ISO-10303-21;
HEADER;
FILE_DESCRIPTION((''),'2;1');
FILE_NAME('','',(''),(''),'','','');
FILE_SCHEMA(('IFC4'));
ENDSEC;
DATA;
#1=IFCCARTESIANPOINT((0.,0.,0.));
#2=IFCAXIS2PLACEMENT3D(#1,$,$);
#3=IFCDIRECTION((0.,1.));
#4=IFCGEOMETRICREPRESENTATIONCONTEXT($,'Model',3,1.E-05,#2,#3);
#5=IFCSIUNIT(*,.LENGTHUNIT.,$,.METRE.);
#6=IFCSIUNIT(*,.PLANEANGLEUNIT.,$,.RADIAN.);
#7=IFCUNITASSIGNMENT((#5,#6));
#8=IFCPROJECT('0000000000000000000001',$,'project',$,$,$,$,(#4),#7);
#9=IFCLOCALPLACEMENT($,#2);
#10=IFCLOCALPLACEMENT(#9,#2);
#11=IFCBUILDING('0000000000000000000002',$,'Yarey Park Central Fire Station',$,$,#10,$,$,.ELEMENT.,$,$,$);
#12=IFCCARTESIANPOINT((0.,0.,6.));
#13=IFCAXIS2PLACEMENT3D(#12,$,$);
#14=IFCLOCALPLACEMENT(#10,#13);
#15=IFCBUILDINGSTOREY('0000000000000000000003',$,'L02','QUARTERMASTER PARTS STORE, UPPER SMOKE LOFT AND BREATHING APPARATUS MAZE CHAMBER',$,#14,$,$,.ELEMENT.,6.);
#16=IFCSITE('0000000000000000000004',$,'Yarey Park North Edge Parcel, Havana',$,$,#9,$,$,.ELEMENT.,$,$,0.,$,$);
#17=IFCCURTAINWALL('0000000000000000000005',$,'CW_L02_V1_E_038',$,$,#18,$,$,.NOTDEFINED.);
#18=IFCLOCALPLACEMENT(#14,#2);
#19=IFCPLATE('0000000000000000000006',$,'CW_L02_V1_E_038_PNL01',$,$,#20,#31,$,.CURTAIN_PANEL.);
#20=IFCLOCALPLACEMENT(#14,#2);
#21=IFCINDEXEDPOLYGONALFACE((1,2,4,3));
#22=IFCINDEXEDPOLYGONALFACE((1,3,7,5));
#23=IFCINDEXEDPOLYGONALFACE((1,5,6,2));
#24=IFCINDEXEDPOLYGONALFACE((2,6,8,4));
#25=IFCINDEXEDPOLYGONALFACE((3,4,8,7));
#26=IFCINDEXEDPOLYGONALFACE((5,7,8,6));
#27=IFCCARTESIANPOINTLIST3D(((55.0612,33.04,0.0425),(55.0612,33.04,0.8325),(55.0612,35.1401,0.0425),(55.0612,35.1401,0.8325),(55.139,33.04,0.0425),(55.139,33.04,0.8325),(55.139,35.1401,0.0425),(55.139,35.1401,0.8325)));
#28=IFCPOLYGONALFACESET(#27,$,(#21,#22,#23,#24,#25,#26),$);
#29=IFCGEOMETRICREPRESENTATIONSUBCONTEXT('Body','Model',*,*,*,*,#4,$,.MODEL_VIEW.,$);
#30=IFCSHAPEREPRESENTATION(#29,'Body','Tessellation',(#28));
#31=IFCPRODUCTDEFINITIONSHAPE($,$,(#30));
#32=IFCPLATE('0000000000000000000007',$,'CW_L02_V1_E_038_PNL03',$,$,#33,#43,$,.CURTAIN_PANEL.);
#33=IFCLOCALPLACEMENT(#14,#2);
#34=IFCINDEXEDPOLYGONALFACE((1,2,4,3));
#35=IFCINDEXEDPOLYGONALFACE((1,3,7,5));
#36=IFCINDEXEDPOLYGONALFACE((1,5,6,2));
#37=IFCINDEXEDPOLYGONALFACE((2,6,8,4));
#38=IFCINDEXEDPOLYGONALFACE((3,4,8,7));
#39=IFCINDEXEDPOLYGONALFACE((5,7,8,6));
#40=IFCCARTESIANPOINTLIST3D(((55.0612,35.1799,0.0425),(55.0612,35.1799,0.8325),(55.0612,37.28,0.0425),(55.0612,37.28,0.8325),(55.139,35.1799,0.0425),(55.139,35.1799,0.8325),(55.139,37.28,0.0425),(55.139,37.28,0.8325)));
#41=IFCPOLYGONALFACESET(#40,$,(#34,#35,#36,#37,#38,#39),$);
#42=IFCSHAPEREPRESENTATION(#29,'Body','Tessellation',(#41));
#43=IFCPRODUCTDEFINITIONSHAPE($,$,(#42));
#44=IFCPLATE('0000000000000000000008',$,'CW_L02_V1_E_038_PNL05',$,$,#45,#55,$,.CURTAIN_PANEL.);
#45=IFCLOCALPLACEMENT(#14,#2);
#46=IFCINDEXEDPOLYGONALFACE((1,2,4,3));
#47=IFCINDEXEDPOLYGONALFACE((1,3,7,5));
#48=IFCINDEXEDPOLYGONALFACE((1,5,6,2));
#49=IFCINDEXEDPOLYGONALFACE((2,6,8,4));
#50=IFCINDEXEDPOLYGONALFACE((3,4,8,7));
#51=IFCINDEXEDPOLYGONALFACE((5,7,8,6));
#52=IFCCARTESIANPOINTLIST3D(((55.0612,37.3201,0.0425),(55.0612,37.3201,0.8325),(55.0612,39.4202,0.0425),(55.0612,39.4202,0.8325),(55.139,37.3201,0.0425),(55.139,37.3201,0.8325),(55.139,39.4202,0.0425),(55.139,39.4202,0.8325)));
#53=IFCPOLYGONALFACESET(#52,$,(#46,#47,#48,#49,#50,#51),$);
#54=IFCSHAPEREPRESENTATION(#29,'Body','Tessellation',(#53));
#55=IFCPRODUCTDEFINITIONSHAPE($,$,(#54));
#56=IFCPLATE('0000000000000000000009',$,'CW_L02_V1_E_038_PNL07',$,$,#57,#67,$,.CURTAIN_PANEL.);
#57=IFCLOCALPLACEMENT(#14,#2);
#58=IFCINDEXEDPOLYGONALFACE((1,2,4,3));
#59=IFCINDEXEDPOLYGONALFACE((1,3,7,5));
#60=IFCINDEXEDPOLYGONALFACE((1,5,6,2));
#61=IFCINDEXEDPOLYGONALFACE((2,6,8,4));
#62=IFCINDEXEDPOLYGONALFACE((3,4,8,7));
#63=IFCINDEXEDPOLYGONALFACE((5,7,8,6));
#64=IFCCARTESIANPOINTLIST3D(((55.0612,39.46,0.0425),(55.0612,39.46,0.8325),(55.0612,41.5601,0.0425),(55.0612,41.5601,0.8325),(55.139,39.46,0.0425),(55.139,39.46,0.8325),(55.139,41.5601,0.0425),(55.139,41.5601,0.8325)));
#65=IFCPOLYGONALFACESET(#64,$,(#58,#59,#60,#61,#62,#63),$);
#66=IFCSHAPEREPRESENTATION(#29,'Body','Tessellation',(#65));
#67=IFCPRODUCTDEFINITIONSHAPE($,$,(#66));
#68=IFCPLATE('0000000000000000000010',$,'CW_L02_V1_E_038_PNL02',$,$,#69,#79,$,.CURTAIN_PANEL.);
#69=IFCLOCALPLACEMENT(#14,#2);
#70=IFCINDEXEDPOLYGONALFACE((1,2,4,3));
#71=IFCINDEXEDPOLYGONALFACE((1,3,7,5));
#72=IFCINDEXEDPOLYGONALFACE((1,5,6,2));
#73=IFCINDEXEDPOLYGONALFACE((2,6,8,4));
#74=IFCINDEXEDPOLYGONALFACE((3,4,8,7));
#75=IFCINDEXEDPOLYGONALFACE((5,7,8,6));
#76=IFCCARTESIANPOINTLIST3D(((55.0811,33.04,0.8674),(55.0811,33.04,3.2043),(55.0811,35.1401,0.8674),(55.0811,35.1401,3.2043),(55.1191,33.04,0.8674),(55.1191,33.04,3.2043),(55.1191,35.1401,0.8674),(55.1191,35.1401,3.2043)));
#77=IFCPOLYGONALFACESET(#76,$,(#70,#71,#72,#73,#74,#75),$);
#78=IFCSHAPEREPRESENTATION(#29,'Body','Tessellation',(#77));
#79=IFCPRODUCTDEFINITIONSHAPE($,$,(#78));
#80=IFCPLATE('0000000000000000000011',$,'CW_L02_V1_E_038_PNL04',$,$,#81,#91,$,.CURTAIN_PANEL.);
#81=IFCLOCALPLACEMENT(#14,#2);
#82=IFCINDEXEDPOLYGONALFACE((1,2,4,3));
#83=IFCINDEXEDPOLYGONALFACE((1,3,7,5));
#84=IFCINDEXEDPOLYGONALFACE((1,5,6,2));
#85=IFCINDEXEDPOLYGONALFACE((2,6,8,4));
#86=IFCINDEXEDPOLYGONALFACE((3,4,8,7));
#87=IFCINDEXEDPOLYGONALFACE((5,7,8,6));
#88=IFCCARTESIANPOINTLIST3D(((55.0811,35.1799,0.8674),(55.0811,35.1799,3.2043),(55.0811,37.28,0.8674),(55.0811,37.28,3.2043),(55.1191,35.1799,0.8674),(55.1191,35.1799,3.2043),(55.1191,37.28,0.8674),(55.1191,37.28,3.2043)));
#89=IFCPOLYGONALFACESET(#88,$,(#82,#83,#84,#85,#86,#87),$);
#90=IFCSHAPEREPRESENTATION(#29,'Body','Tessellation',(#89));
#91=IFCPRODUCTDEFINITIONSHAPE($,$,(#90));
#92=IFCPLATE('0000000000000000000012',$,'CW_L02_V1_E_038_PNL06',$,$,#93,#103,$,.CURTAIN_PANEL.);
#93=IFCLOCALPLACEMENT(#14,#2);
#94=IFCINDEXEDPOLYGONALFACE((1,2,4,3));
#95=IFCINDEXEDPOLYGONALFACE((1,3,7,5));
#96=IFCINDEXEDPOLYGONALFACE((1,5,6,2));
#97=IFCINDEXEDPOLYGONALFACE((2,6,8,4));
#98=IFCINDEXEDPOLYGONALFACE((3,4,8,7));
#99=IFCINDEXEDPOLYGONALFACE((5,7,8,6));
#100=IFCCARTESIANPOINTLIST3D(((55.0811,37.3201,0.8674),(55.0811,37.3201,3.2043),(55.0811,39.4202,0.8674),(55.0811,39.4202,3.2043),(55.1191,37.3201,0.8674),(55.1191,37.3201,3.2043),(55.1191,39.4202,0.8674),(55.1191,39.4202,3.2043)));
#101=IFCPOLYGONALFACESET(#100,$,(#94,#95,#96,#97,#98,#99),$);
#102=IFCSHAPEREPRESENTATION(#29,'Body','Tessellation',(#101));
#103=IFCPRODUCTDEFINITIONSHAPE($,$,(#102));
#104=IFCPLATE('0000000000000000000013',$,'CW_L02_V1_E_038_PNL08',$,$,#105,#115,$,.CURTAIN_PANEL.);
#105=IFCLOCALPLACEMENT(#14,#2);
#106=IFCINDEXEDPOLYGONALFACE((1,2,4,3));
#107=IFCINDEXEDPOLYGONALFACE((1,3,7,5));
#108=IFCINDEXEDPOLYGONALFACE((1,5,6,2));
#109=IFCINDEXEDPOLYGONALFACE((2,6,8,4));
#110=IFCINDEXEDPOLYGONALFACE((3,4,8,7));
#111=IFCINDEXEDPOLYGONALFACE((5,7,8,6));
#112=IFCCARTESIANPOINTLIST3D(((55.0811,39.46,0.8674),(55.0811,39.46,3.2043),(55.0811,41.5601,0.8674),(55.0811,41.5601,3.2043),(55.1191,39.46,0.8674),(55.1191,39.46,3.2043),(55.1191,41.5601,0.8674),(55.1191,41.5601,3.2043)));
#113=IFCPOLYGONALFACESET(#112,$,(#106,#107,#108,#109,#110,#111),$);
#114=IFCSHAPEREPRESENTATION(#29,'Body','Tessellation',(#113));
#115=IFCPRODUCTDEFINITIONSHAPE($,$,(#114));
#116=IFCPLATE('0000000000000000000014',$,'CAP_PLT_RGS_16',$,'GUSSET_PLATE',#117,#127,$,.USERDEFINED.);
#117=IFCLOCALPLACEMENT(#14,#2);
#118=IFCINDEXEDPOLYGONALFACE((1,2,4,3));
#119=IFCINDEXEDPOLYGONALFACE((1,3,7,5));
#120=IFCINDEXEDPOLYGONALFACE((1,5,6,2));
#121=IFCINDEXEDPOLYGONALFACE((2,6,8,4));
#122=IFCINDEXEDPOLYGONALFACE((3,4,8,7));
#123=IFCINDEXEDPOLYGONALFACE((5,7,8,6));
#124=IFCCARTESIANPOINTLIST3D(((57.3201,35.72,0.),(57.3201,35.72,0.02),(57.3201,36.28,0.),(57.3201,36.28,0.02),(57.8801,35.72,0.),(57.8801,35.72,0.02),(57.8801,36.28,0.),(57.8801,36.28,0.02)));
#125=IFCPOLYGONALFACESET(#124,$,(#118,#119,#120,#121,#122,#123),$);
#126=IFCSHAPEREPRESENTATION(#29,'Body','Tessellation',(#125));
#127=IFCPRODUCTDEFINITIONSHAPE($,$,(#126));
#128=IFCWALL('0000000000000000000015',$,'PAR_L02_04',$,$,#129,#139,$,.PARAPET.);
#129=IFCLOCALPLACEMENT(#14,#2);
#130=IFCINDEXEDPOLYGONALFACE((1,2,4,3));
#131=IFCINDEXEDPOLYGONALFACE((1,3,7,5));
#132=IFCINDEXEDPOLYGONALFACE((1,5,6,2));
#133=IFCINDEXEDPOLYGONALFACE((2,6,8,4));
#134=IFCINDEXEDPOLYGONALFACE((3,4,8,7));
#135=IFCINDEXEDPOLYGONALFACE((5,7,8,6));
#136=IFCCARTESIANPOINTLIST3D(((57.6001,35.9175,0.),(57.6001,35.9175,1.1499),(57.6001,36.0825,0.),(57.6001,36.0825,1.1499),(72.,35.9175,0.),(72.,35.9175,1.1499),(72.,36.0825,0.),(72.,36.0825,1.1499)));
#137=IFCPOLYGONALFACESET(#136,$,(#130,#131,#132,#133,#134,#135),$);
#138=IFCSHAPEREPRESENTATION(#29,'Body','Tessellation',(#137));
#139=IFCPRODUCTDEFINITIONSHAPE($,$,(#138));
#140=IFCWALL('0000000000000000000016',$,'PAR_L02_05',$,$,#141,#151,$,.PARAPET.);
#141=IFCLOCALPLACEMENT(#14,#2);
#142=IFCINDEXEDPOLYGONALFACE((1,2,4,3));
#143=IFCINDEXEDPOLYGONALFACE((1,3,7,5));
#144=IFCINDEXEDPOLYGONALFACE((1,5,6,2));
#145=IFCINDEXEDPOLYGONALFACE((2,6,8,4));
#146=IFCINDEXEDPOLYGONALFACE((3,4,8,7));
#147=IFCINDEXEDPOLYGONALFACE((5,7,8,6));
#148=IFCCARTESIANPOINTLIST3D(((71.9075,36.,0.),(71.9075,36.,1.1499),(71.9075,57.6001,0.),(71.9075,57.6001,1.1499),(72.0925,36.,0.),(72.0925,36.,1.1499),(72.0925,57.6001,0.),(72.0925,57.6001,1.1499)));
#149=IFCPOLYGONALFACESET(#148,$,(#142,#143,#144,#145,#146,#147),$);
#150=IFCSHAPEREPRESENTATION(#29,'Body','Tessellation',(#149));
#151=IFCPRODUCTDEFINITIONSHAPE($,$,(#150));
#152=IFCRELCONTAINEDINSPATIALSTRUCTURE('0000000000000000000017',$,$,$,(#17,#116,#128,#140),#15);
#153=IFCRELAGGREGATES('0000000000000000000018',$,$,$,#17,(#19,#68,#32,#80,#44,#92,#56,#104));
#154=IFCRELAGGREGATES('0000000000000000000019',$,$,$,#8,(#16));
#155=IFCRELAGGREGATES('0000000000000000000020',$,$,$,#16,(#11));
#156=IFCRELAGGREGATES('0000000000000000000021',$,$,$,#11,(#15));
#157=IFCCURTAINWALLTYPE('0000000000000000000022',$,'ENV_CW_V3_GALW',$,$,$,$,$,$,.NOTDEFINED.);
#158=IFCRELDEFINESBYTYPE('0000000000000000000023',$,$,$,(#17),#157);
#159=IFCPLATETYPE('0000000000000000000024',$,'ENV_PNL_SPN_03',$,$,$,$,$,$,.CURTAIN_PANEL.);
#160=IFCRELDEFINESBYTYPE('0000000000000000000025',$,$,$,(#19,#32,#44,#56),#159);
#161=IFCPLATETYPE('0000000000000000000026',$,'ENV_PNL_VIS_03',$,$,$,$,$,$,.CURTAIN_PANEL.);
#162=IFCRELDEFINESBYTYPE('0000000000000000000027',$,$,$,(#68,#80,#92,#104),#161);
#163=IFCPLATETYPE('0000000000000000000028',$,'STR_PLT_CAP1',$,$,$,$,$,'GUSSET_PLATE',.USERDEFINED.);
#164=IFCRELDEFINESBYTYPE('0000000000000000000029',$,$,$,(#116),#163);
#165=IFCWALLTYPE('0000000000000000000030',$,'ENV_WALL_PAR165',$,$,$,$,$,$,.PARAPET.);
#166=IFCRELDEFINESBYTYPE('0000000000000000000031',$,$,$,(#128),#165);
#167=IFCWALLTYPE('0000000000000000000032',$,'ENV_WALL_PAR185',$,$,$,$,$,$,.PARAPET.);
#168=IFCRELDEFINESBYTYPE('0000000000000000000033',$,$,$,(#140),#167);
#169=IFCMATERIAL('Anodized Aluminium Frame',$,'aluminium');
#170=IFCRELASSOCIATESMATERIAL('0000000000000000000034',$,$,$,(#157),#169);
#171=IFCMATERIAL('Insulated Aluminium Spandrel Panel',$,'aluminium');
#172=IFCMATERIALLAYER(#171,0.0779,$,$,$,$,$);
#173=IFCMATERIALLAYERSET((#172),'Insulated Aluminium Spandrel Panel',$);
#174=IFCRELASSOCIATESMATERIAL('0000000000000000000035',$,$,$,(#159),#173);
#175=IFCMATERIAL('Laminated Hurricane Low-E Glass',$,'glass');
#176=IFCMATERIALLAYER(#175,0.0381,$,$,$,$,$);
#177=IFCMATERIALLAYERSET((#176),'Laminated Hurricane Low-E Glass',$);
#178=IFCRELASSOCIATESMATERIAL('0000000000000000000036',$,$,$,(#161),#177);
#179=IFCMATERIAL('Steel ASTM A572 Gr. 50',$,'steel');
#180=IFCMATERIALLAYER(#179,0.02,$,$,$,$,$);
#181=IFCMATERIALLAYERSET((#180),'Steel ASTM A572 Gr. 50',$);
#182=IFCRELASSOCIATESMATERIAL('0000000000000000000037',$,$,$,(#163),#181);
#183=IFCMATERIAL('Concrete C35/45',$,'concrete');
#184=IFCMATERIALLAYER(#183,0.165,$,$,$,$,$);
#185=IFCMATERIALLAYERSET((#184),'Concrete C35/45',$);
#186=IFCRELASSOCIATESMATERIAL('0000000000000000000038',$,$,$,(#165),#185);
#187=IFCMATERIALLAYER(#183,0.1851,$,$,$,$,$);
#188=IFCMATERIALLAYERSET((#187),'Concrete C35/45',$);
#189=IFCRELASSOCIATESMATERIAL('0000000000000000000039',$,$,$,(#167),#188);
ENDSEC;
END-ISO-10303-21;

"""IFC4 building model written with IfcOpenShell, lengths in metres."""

from ifc_helpers import new_model, si_unit, direction, frame, frame_2d, origin, origin_2d, place, context, subcontext, project, spatial, rectangle, extrude, material, layer, layer_set, type_object, element, aggregate, save


model = new_model("IFC4")

# Units and contexts
model_context = context("Model", 3, precision=1e-05, world=origin(), true_north=direction((0.0, 1.0)))
body_context = subcontext(model_context, "Body", "Model", "MODEL_VIEW")
ifc_project = project(units=[si_unit("LENGTHUNIT", "METRE"), si_unit("PLANEANGLEUNIT", "RADIAN")], contexts=[model_context])

# Site, building, storey
site_placement = place(None, origin())
site = spatial("IfcSite", under=ifc_project, at=site_placement, Name="Yarey Park North Edge Parcel, Havana", CompositionType="ELEMENT", RefElevation=0.0)
building_placement = place(site_placement, origin())
building = spatial("IfcBuilding", under=site, at=building_placement, Name="Yarey Park Central Fire Station", CompositionType="ELEMENT")
storey_placement = place(building_placement, frame((0.0, 0.0, 6.0)))
storey = spatial("IfcBuildingStorey", under=building, at=storey_placement, Name="L02", Description="QUARTERMASTER PARTS STORE, UPPER SMOKE LOFT AND BREATHING APPARATUS MAZE CHAMBER", CompositionType="ELEMENT", Elevation=6.0)

# Curtain wall
ifc_material_1 = material(Name="Anodized Aluminium Frame", Category="aluminium")
curtain_wall_type = type_object("IfcCurtainWallType", Name="ENV_CW_V3_GALW", PredefinedType="NOTDEFINED", material=ifc_material_1)
curtain_wall_1_placement = place(storey_placement, origin())
curtain_wall_1 = element("IfcCurtainWall", 1, at=curtain_wall_1_placement, inside=storey, type_object=curtain_wall_type, Name="CW_L02_V1_E_038", PredefinedType="NOTDEFINED")

# Plates
ifc_material_2 = material(Name="Insulated Aluminium Spandrel Panel", Category="aluminium")
ifc_layer_1 = layer(ifc_material_2, 0.0779)
ifc_layer_set_1 = layer_set([ifc_layer_1], Name="Insulated Aluminium Spandrel Panel")
plate_type_1 = type_object("IfcPlateType", Name="ENV_PNL_SPN_03", PredefinedType="CURTAIN_PANEL", material=ifc_layer_set_1)
plate_1_placement = place(storey_placement, frame((55.1001, 34.0901, 0.0425), z_axis=(0.0, 0.0, 1.0), x_axis=(0.0, 1.0, 0.0)))
plate_1 = element("IfcPlate", 2, at=plate_1_placement, type_object=plate_type_1, Name="CW_L02_V1_E_038_PNL01", PredefinedType="CURTAIN_PANEL", context=body_context, shape_type="SweptSolid", body=[
    extrude(rectangle(XDim=2.1001, YDim=0.0779, at=origin_2d()), origin(), (0.0, 0.0, 1.0), 0.79),
])
plate_2_placement = place(storey_placement, frame((55.1001, 36.23, 0.0425), z_axis=(0.0, 0.0, 1.0), x_axis=(0.0, 1.0, 0.0)))
plate_2 = element("IfcPlate", 3, at=plate_2_placement, type_object=plate_type_1, Name="CW_L02_V1_E_038_PNL03", PredefinedType="CURTAIN_PANEL", context=body_context, shape_type="SweptSolid", body=[
    extrude(rectangle(XDim=2.1001, YDim=0.0779, at=origin_2d()), origin(), (0.0, 0.0, 1.0), 0.79),
])
plate_3_placement = place(storey_placement, frame((55.1001, 38.3701, 0.0425), z_axis=(0.0, 0.0, 1.0), x_axis=(0.0, 1.0, 0.0)))
plate_3 = element("IfcPlate", 4, at=plate_3_placement, type_object=plate_type_1, Name="CW_L02_V1_E_038_PNL05", PredefinedType="CURTAIN_PANEL", context=body_context, shape_type="SweptSolid", body=[
    extrude(rectangle(XDim=2.1001, YDim=0.0779, at=origin_2d()), origin(), (0.0, 0.0, 1.0), 0.79),
])
plate_4_placement = place(storey_placement, frame((55.1001, 40.51, 0.0425), z_axis=(0.0, 0.0, 1.0), x_axis=(0.0, 1.0, 0.0)))
plate_4 = element("IfcPlate", 5, at=plate_4_placement, type_object=plate_type_1, Name="CW_L02_V1_E_038_PNL07", PredefinedType="CURTAIN_PANEL", context=body_context, shape_type="SweptSolid", body=[
    extrude(rectangle(XDim=2.1001, YDim=0.0779, at=origin_2d()), origin(), (0.0, 0.0, 1.0), 0.79),
])
ifc_material_3 = material(Name="Laminated Hurricane Low-E Glass", Category="glass")
ifc_layer_2 = layer(ifc_material_3, 0.0381)
ifc_layer_set_2 = layer_set([ifc_layer_2], Name="Laminated Hurricane Low-E Glass")
plate_type_2 = type_object("IfcPlateType", Name="ENV_PNL_VIS_03", PredefinedType="CURTAIN_PANEL", material=ifc_layer_set_2)
plate_5_placement = place(storey_placement, frame((55.1001, 34.0901, 0.8674), z_axis=(0.0, 0.0, 1.0), x_axis=(0.0, 1.0, 0.0)))
plate_5 = element("IfcPlate", 6, at=plate_5_placement, type_object=plate_type_2, Name="CW_L02_V1_E_038_PNL02", PredefinedType="CURTAIN_PANEL", context=body_context, shape_type="SweptSolid", body=[
    extrude(rectangle(XDim=2.1001, YDim=0.0381, at=origin_2d()), origin(), (0.0, 0.0, 1.0), 2.3369),
])
plate_6_placement = place(storey_placement, frame((55.1001, 36.23, 0.8674), z_axis=(0.0, 0.0, 1.0), x_axis=(0.0, 1.0, 0.0)))
plate_6 = element("IfcPlate", 7, at=plate_6_placement, type_object=plate_type_2, Name="CW_L02_V1_E_038_PNL04", PredefinedType="CURTAIN_PANEL", context=body_context, shape_type="SweptSolid", body=[
    extrude(rectangle(XDim=2.1001, YDim=0.0381, at=origin_2d()), origin(), (0.0, 0.0, 1.0), 2.3369),
])
plate_7_placement = place(storey_placement, frame((55.1001, 38.3701, 0.8674), z_axis=(0.0, 0.0, 1.0), x_axis=(0.0, 1.0, 0.0)))
plate_7 = element("IfcPlate", 8, at=plate_7_placement, type_object=plate_type_2, Name="CW_L02_V1_E_038_PNL06", PredefinedType="CURTAIN_PANEL", context=body_context, shape_type="SweptSolid", body=[
    extrude(rectangle(XDim=2.1001, YDim=0.0381, at=origin_2d()), origin(), (0.0, 0.0, 1.0), 2.3369),
])
plate_8_placement = place(storey_placement, frame((55.1001, 40.51, 0.8674), z_axis=(0.0, 0.0, 1.0), x_axis=(0.0, 1.0, 0.0)))
plate_8 = element("IfcPlate", 9, at=plate_8_placement, type_object=plate_type_2, Name="CW_L02_V1_E_038_PNL08", PredefinedType="CURTAIN_PANEL", context=body_context, shape_type="SweptSolid", body=[
    extrude(rectangle(XDim=2.1001, YDim=0.0381, at=origin_2d()), origin(), (0.0, 0.0, 1.0), 2.3369),
])
aggregate(curtain_wall_1, [plate_1, plate_5, plate_2, plate_6, plate_3, plate_7, plate_4, plate_8])
ifc_material_4 = material(Name="Steel ASTM A572 Gr. 50", Category="steel")
ifc_layer_3 = layer(ifc_material_4, 0.02)
ifc_layer_set_3 = layer_set([ifc_layer_3], Name="Steel ASTM A572 Gr. 50")
plate_type_3 = type_object("IfcPlateType", Name="STR_PLT_CAP1", ElementType="GUSSET_PLATE", PredefinedType="USERDEFINED", material=ifc_layer_set_3)
plate_9_placement = place(storey_placement, frame((57.6001, 36.0, 0.0), z_axis=(0.0, 0.0, 1.0), x_axis=(1.0, 0.0, 0.0)))
element("IfcPlate", 10, at=plate_9_placement, inside=storey, type_object=plate_type_3, Name="CAP_PLT_RGS_16", ObjectType="GUSSET_PLATE", PredefinedType="USERDEFINED", context=body_context, shape_type="SweptSolid", body=[
    extrude(rectangle(XDim=0.5601, YDim=0.5601, at=origin_2d()), origin(), (0.0, 0.0, 1.0), 0.02),
])

# Walls
ifc_material_5 = material(Name="Concrete C35/45", Category="concrete")
ifc_layer_4 = layer(ifc_material_5, 0.165)
ifc_layer_set_4 = layer_set([ifc_layer_4], Name="Concrete C35/45")
wall_type_1 = type_object("IfcWallType", Name="ENV_WALL_PAR165", PredefinedType="PARAPET", material=ifc_layer_set_4)
wall_1_placement = place(storey_placement, frame((57.6001, 36.0, 0.0), z_axis=(0.0, 0.0, 1.0), x_axis=(1.0, 0.0, 0.0)))
element("IfcWall", 11, at=wall_1_placement, inside=storey, type_object=wall_type_1, Name="PAR_L02_04", PredefinedType="PARAPET", context=body_context, shape_type="SweptSolid", body=[
    extrude(rectangle(XDim=14.3999, YDim=0.165, at=frame_2d((7.2, 0.0))), origin(), (0.0, 0.0, 1.0), 1.1499),
])
ifc_layer_5 = layer(ifc_material_5, 0.1851)
ifc_layer_set_5 = layer_set([ifc_layer_5], Name="Concrete C35/45")
wall_type_2 = type_object("IfcWallType", Name="ENV_WALL_PAR185", PredefinedType="PARAPET", material=ifc_layer_set_5)
wall_2_placement = place(storey_placement, frame((72.0, 36.0, 0.0), z_axis=(0.0, 0.0, 1.0), x_axis=(0.0, 1.0, 0.0)))
element("IfcWall", 12, at=wall_2_placement, inside=storey, type_object=wall_type_2, Name="PAR_L02_05", PredefinedType="PARAPET", context=body_context, shape_type="SweptSolid", body=[
    extrude(rectangle(XDim=21.6001, YDim=0.1851, at=frame_2d((10.8, 0.0))), origin(), (0.0, 0.0, 1.0), 1.1499),
])

save(model, "model.ifc")
